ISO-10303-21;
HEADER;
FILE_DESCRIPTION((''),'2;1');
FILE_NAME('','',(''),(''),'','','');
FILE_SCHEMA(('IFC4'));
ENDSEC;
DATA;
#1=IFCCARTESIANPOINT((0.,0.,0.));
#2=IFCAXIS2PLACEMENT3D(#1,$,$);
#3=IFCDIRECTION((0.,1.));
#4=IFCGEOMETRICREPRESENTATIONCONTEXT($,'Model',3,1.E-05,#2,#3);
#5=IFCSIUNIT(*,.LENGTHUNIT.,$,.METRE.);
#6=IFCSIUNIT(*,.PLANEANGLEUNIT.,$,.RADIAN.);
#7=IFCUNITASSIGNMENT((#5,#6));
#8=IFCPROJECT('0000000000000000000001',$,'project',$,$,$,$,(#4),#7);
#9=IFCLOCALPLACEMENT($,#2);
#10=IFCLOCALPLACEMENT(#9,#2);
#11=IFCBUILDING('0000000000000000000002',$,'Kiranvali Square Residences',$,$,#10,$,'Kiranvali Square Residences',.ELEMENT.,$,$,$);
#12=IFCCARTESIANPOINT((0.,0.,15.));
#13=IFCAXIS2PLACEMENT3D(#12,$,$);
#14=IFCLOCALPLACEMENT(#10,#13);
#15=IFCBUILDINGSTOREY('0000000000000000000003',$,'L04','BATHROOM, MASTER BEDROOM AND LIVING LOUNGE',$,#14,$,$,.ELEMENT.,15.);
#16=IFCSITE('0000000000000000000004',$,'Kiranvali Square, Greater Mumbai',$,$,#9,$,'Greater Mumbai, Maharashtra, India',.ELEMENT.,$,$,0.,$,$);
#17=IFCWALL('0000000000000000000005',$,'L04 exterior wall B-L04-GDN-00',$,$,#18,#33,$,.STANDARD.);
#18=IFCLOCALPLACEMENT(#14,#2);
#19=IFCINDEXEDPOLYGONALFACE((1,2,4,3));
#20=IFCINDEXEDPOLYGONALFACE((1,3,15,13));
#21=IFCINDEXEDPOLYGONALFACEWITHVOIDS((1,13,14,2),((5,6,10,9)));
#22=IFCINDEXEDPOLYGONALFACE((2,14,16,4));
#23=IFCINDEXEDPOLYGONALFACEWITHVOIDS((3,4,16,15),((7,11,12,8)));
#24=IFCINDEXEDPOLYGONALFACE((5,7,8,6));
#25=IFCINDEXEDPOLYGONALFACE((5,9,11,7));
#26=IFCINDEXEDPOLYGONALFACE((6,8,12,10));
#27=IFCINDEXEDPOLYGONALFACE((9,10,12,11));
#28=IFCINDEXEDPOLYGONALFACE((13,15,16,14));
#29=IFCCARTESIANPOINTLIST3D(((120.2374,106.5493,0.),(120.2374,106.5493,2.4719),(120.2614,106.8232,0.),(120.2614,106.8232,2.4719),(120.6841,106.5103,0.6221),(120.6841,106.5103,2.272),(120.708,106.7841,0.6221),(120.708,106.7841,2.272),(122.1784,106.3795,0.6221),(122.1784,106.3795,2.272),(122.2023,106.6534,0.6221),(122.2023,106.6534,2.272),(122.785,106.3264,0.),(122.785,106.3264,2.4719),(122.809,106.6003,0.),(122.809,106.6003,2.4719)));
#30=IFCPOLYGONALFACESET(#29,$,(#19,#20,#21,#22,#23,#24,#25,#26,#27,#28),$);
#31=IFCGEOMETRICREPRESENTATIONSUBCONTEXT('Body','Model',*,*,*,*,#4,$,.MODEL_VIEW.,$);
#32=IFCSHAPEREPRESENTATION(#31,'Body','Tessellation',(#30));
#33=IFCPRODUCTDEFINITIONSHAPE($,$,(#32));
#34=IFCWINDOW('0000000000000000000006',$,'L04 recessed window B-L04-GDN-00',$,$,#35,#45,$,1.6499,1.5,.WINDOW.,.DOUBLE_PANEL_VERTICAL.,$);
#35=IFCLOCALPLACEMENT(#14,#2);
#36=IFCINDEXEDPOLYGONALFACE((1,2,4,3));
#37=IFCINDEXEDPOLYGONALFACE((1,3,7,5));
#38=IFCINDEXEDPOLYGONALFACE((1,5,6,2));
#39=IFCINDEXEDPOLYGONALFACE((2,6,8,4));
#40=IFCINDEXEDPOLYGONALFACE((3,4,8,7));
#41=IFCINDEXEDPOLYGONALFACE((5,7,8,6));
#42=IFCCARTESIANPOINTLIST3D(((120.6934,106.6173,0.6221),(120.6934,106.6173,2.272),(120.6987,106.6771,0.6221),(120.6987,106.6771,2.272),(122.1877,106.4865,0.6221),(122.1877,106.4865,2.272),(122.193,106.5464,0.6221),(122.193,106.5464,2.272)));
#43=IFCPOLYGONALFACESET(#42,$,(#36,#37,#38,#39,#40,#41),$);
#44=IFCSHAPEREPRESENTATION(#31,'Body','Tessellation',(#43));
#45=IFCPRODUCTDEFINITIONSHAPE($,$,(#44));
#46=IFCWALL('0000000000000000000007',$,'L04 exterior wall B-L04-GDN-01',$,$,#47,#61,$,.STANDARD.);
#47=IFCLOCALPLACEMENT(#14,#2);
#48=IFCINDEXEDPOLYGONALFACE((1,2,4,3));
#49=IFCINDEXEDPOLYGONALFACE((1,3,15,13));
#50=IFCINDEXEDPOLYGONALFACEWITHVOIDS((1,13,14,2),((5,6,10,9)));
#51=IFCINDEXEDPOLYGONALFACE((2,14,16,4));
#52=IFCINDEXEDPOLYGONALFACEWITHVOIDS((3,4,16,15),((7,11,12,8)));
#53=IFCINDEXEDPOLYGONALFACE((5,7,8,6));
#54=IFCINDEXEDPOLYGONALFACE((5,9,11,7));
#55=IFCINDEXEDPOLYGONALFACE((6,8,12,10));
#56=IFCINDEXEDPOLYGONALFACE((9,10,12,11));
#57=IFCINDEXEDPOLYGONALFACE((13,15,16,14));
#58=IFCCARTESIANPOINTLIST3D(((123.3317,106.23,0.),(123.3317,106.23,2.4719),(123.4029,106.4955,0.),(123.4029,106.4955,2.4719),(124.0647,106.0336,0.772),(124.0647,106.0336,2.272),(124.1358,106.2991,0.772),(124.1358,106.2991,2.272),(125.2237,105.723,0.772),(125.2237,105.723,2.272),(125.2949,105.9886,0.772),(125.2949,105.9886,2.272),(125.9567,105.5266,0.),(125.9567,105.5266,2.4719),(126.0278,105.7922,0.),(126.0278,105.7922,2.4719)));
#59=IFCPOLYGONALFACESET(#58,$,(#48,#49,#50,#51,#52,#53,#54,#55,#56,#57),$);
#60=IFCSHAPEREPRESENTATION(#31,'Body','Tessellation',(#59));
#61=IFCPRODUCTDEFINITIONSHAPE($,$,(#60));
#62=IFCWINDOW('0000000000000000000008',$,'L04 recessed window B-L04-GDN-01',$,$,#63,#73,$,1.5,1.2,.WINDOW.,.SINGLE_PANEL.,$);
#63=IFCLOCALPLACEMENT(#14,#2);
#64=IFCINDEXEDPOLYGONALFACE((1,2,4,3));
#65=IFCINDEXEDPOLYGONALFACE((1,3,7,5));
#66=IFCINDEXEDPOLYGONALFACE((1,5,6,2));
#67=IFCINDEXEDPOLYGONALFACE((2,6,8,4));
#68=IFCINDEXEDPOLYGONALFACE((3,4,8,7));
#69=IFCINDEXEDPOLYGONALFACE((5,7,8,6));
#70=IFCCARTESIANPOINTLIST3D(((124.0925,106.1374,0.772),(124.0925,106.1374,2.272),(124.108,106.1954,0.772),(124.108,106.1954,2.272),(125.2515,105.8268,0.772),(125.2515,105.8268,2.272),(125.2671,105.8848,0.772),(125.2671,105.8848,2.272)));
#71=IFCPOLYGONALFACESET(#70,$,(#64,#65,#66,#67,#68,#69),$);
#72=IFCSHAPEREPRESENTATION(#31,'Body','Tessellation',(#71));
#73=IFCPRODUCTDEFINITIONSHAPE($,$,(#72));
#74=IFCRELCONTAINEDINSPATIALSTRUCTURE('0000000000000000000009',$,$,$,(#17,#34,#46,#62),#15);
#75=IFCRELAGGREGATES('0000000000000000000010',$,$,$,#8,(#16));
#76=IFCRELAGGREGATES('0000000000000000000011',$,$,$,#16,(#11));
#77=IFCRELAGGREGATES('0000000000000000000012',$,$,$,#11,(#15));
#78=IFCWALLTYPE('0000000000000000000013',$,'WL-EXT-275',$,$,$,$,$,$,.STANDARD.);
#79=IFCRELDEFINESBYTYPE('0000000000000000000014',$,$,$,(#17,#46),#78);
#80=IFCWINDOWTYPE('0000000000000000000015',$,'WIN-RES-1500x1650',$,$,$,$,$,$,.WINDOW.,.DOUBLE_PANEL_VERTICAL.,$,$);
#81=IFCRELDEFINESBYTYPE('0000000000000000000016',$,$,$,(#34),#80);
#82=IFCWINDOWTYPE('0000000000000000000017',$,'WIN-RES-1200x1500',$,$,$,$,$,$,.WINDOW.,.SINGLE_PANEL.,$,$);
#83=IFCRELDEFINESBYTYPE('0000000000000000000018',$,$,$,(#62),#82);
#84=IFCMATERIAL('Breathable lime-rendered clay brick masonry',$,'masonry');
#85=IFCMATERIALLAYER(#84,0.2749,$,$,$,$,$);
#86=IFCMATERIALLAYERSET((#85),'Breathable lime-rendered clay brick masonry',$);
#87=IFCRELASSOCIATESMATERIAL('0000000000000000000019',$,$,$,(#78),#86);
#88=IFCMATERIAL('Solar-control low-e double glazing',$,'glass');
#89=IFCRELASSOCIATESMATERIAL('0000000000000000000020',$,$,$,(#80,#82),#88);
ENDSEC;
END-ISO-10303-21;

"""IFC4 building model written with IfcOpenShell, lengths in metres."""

from ifc_helpers import new_model, si_unit, direction, frame, frame_2d, origin, place, context, subcontext, project, spatial, rectangle, extrude, material, layer, layer_set, type_object, element, fill, save


model = new_model("IFC4")

# Units and contexts
model_context = context("Model", 3, precision=1e-05, world=origin(), true_north=direction((0.0, 1.0)))
body_context = subcontext(model_context, "Body", "Model", "MODEL_VIEW")
ifc_project = project(units=[si_unit("LENGTHUNIT", "METRE"), si_unit("PLANEANGLEUNIT", "RADIAN")], contexts=[model_context])

# Site, building, storey
site_placement = place(None, origin())
site = spatial("IfcSite", under=ifc_project, at=site_placement, Name="Kiranvali Square, Greater Mumbai", LongName="Greater Mumbai, Maharashtra, India", CompositionType="ELEMENT", RefElevation=0.0)
building_placement = place(site_placement, origin())
building = spatial("IfcBuilding", under=site, at=building_placement, Name="Kiranvali Square Residences", LongName="Kiranvali Square Residences", CompositionType="ELEMENT")
storey_placement = place(building_placement, frame((0.0, 0.0, 15.0)))
storey = spatial("IfcBuildingStorey", under=building, at=storey_placement, Name="L04", Description="BATHROOM, MASTER BEDROOM AND LIVING LOUNGE", CompositionType="ELEMENT", Elevation=15.0)

# Walls, openings, windows
ifc_material_1 = material(Name="Breathable lime-rendered clay brick masonry", Category="masonry")
ifc_layer_1 = layer(ifc_material_1, 0.2749)
ifc_layer_set_1 = layer_set([ifc_layer_1], Name="Breathable lime-rendered clay brick masonry")
wall_type_1 = type_object("IfcWallType", Name="WL-EXT-275", PredefinedType="STANDARD", material=ifc_layer_set_1)
wall_1_placement = place(storey_placement, frame((120.2493, 106.6863, 0.0), z_axis=(0.0, 0.0, 1.0), x_axis=(0.996194, -0.087161, 0.0)))
wall_1 = element("IfcWall", 1, at=wall_1_placement, inside=storey, type_object=wall_type_1, Name="L04 exterior wall B-L04-GDN-00", PredefinedType="STANDARD", context=body_context, shape_type="SweptSolid", body=[
    extrude(rectangle(XDim=2.5574, YDim=0.2749, at=frame_2d((1.2788, 0.0))), origin(), (0.0, 0.0, 1.0), 2.4719),
])
opening_1_placement = place(wall_1_placement, frame((0.4485, 0.0, 0.6221)))
opening_1 = element("IfcOpeningElement", 2, at=opening_1_placement, cuts=wall_1, PredefinedType="OPENING", context=body_context, shape_type="SweptSolid", body=[
    extrude(rectangle(XDim=1.5, YDim=1.6499, at=frame_2d((0.75, 0.825))), frame((0.0, 0.1475, 0.0), z_axis=(0.0, -1.0, 0.0), x_axis=(1.0, 0.0, 0.0)), (0.0, 0.0, 1.0), 0.2949),
])
ifc_material_2 = material(Name="Solar-control low-e double glazing", Category="glass")
window_type_1 = type_object("IfcWindowType", Name="WIN-RES-1500x1650", PartitioningType="DOUBLE_PANEL_VERTICAL", PredefinedType="WINDOW", material=ifc_material_2)
window_1_placement = place(opening_1_placement, origin())
window_1 = element("IfcWindow", 3, at=window_1_placement, inside=storey, type_object=window_type_1, Name="L04 recessed window B-L04-GDN-00", OverallHeight=1.6499, OverallWidth=1.5, PartitioningType="DOUBLE_PANEL_VERTICAL", PredefinedType="WINDOW", context=body_context, shape_type="SweptSolid", body=[
    extrude(rectangle(XDim=1.5, YDim=1.6499, at=frame_2d((0.75, 0.825))), frame((0.0, 0.03, 0.0), z_axis=(0.0, -1.0, 0.0), x_axis=(1.0, 0.0, 0.0)), (0.0, 0.0, 1.0), 0.0601),
])
fill(opening_1, window_1)
wall_2_placement = place(storey_placement, frame((123.3672, 106.3628, 0.0), z_axis=(0.0, 0.0, 1.0), x_axis=(0.965926, -0.25882, 0.0)))
wall_2 = element("IfcWall", 4, at=wall_2_placement, inside=storey, type_object=wall_type_1, Name="L04 exterior wall B-L04-GDN-01", PredefinedType="STANDARD", context=body_context, shape_type="SweptSolid", body=[
    extrude(rectangle(XDim=2.7175, YDim=0.2749, at=frame_2d((1.3589, 0.0))), origin(), (0.0, 0.0, 1.0), 2.4719),
])
opening_2_placement = place(wall_2_placement, frame((0.7588, 0.0, 0.772)))
opening_2 = element("IfcOpeningElement", 5, at=opening_2_placement, cuts=wall_2, PredefinedType="OPENING", context=body_context, shape_type="SweptSolid", body=[
    extrude(rectangle(XDim=1.2, YDim=1.5, at=frame_2d((0.6001, 0.75))), frame((0.0, 0.1475, 0.0), z_axis=(0.0, -1.0, 0.0), x_axis=(1.0, 0.0, 0.0)), (0.0, 0.0, 1.0), 0.2949),
])
window_type_2 = type_object("IfcWindowType", Name="WIN-RES-1200x1500", PartitioningType="SINGLE_PANEL", PredefinedType="WINDOW", material=ifc_material_2)
window_2_placement = place(opening_2_placement, origin())
window_2 = element("IfcWindow", 6, at=window_2_placement, inside=storey, type_object=window_type_2, Name="L04 recessed window B-L04-GDN-01", OverallHeight=1.5, OverallWidth=1.2, PartitioningType="SINGLE_PANEL", PredefinedType="WINDOW", context=body_context, shape_type="SweptSolid", body=[
    extrude(rectangle(XDim=1.2, YDim=1.5, at=frame_2d((0.6001, 0.75))), frame((0.0, 0.03, 0.0), z_axis=(0.0, -1.0, 0.0), x_axis=(1.0, 0.0, 0.0)), (0.0, 0.0, 1.0), 0.0601),
])
fill(opening_2, window_2)

save(model, "model.ifc")
